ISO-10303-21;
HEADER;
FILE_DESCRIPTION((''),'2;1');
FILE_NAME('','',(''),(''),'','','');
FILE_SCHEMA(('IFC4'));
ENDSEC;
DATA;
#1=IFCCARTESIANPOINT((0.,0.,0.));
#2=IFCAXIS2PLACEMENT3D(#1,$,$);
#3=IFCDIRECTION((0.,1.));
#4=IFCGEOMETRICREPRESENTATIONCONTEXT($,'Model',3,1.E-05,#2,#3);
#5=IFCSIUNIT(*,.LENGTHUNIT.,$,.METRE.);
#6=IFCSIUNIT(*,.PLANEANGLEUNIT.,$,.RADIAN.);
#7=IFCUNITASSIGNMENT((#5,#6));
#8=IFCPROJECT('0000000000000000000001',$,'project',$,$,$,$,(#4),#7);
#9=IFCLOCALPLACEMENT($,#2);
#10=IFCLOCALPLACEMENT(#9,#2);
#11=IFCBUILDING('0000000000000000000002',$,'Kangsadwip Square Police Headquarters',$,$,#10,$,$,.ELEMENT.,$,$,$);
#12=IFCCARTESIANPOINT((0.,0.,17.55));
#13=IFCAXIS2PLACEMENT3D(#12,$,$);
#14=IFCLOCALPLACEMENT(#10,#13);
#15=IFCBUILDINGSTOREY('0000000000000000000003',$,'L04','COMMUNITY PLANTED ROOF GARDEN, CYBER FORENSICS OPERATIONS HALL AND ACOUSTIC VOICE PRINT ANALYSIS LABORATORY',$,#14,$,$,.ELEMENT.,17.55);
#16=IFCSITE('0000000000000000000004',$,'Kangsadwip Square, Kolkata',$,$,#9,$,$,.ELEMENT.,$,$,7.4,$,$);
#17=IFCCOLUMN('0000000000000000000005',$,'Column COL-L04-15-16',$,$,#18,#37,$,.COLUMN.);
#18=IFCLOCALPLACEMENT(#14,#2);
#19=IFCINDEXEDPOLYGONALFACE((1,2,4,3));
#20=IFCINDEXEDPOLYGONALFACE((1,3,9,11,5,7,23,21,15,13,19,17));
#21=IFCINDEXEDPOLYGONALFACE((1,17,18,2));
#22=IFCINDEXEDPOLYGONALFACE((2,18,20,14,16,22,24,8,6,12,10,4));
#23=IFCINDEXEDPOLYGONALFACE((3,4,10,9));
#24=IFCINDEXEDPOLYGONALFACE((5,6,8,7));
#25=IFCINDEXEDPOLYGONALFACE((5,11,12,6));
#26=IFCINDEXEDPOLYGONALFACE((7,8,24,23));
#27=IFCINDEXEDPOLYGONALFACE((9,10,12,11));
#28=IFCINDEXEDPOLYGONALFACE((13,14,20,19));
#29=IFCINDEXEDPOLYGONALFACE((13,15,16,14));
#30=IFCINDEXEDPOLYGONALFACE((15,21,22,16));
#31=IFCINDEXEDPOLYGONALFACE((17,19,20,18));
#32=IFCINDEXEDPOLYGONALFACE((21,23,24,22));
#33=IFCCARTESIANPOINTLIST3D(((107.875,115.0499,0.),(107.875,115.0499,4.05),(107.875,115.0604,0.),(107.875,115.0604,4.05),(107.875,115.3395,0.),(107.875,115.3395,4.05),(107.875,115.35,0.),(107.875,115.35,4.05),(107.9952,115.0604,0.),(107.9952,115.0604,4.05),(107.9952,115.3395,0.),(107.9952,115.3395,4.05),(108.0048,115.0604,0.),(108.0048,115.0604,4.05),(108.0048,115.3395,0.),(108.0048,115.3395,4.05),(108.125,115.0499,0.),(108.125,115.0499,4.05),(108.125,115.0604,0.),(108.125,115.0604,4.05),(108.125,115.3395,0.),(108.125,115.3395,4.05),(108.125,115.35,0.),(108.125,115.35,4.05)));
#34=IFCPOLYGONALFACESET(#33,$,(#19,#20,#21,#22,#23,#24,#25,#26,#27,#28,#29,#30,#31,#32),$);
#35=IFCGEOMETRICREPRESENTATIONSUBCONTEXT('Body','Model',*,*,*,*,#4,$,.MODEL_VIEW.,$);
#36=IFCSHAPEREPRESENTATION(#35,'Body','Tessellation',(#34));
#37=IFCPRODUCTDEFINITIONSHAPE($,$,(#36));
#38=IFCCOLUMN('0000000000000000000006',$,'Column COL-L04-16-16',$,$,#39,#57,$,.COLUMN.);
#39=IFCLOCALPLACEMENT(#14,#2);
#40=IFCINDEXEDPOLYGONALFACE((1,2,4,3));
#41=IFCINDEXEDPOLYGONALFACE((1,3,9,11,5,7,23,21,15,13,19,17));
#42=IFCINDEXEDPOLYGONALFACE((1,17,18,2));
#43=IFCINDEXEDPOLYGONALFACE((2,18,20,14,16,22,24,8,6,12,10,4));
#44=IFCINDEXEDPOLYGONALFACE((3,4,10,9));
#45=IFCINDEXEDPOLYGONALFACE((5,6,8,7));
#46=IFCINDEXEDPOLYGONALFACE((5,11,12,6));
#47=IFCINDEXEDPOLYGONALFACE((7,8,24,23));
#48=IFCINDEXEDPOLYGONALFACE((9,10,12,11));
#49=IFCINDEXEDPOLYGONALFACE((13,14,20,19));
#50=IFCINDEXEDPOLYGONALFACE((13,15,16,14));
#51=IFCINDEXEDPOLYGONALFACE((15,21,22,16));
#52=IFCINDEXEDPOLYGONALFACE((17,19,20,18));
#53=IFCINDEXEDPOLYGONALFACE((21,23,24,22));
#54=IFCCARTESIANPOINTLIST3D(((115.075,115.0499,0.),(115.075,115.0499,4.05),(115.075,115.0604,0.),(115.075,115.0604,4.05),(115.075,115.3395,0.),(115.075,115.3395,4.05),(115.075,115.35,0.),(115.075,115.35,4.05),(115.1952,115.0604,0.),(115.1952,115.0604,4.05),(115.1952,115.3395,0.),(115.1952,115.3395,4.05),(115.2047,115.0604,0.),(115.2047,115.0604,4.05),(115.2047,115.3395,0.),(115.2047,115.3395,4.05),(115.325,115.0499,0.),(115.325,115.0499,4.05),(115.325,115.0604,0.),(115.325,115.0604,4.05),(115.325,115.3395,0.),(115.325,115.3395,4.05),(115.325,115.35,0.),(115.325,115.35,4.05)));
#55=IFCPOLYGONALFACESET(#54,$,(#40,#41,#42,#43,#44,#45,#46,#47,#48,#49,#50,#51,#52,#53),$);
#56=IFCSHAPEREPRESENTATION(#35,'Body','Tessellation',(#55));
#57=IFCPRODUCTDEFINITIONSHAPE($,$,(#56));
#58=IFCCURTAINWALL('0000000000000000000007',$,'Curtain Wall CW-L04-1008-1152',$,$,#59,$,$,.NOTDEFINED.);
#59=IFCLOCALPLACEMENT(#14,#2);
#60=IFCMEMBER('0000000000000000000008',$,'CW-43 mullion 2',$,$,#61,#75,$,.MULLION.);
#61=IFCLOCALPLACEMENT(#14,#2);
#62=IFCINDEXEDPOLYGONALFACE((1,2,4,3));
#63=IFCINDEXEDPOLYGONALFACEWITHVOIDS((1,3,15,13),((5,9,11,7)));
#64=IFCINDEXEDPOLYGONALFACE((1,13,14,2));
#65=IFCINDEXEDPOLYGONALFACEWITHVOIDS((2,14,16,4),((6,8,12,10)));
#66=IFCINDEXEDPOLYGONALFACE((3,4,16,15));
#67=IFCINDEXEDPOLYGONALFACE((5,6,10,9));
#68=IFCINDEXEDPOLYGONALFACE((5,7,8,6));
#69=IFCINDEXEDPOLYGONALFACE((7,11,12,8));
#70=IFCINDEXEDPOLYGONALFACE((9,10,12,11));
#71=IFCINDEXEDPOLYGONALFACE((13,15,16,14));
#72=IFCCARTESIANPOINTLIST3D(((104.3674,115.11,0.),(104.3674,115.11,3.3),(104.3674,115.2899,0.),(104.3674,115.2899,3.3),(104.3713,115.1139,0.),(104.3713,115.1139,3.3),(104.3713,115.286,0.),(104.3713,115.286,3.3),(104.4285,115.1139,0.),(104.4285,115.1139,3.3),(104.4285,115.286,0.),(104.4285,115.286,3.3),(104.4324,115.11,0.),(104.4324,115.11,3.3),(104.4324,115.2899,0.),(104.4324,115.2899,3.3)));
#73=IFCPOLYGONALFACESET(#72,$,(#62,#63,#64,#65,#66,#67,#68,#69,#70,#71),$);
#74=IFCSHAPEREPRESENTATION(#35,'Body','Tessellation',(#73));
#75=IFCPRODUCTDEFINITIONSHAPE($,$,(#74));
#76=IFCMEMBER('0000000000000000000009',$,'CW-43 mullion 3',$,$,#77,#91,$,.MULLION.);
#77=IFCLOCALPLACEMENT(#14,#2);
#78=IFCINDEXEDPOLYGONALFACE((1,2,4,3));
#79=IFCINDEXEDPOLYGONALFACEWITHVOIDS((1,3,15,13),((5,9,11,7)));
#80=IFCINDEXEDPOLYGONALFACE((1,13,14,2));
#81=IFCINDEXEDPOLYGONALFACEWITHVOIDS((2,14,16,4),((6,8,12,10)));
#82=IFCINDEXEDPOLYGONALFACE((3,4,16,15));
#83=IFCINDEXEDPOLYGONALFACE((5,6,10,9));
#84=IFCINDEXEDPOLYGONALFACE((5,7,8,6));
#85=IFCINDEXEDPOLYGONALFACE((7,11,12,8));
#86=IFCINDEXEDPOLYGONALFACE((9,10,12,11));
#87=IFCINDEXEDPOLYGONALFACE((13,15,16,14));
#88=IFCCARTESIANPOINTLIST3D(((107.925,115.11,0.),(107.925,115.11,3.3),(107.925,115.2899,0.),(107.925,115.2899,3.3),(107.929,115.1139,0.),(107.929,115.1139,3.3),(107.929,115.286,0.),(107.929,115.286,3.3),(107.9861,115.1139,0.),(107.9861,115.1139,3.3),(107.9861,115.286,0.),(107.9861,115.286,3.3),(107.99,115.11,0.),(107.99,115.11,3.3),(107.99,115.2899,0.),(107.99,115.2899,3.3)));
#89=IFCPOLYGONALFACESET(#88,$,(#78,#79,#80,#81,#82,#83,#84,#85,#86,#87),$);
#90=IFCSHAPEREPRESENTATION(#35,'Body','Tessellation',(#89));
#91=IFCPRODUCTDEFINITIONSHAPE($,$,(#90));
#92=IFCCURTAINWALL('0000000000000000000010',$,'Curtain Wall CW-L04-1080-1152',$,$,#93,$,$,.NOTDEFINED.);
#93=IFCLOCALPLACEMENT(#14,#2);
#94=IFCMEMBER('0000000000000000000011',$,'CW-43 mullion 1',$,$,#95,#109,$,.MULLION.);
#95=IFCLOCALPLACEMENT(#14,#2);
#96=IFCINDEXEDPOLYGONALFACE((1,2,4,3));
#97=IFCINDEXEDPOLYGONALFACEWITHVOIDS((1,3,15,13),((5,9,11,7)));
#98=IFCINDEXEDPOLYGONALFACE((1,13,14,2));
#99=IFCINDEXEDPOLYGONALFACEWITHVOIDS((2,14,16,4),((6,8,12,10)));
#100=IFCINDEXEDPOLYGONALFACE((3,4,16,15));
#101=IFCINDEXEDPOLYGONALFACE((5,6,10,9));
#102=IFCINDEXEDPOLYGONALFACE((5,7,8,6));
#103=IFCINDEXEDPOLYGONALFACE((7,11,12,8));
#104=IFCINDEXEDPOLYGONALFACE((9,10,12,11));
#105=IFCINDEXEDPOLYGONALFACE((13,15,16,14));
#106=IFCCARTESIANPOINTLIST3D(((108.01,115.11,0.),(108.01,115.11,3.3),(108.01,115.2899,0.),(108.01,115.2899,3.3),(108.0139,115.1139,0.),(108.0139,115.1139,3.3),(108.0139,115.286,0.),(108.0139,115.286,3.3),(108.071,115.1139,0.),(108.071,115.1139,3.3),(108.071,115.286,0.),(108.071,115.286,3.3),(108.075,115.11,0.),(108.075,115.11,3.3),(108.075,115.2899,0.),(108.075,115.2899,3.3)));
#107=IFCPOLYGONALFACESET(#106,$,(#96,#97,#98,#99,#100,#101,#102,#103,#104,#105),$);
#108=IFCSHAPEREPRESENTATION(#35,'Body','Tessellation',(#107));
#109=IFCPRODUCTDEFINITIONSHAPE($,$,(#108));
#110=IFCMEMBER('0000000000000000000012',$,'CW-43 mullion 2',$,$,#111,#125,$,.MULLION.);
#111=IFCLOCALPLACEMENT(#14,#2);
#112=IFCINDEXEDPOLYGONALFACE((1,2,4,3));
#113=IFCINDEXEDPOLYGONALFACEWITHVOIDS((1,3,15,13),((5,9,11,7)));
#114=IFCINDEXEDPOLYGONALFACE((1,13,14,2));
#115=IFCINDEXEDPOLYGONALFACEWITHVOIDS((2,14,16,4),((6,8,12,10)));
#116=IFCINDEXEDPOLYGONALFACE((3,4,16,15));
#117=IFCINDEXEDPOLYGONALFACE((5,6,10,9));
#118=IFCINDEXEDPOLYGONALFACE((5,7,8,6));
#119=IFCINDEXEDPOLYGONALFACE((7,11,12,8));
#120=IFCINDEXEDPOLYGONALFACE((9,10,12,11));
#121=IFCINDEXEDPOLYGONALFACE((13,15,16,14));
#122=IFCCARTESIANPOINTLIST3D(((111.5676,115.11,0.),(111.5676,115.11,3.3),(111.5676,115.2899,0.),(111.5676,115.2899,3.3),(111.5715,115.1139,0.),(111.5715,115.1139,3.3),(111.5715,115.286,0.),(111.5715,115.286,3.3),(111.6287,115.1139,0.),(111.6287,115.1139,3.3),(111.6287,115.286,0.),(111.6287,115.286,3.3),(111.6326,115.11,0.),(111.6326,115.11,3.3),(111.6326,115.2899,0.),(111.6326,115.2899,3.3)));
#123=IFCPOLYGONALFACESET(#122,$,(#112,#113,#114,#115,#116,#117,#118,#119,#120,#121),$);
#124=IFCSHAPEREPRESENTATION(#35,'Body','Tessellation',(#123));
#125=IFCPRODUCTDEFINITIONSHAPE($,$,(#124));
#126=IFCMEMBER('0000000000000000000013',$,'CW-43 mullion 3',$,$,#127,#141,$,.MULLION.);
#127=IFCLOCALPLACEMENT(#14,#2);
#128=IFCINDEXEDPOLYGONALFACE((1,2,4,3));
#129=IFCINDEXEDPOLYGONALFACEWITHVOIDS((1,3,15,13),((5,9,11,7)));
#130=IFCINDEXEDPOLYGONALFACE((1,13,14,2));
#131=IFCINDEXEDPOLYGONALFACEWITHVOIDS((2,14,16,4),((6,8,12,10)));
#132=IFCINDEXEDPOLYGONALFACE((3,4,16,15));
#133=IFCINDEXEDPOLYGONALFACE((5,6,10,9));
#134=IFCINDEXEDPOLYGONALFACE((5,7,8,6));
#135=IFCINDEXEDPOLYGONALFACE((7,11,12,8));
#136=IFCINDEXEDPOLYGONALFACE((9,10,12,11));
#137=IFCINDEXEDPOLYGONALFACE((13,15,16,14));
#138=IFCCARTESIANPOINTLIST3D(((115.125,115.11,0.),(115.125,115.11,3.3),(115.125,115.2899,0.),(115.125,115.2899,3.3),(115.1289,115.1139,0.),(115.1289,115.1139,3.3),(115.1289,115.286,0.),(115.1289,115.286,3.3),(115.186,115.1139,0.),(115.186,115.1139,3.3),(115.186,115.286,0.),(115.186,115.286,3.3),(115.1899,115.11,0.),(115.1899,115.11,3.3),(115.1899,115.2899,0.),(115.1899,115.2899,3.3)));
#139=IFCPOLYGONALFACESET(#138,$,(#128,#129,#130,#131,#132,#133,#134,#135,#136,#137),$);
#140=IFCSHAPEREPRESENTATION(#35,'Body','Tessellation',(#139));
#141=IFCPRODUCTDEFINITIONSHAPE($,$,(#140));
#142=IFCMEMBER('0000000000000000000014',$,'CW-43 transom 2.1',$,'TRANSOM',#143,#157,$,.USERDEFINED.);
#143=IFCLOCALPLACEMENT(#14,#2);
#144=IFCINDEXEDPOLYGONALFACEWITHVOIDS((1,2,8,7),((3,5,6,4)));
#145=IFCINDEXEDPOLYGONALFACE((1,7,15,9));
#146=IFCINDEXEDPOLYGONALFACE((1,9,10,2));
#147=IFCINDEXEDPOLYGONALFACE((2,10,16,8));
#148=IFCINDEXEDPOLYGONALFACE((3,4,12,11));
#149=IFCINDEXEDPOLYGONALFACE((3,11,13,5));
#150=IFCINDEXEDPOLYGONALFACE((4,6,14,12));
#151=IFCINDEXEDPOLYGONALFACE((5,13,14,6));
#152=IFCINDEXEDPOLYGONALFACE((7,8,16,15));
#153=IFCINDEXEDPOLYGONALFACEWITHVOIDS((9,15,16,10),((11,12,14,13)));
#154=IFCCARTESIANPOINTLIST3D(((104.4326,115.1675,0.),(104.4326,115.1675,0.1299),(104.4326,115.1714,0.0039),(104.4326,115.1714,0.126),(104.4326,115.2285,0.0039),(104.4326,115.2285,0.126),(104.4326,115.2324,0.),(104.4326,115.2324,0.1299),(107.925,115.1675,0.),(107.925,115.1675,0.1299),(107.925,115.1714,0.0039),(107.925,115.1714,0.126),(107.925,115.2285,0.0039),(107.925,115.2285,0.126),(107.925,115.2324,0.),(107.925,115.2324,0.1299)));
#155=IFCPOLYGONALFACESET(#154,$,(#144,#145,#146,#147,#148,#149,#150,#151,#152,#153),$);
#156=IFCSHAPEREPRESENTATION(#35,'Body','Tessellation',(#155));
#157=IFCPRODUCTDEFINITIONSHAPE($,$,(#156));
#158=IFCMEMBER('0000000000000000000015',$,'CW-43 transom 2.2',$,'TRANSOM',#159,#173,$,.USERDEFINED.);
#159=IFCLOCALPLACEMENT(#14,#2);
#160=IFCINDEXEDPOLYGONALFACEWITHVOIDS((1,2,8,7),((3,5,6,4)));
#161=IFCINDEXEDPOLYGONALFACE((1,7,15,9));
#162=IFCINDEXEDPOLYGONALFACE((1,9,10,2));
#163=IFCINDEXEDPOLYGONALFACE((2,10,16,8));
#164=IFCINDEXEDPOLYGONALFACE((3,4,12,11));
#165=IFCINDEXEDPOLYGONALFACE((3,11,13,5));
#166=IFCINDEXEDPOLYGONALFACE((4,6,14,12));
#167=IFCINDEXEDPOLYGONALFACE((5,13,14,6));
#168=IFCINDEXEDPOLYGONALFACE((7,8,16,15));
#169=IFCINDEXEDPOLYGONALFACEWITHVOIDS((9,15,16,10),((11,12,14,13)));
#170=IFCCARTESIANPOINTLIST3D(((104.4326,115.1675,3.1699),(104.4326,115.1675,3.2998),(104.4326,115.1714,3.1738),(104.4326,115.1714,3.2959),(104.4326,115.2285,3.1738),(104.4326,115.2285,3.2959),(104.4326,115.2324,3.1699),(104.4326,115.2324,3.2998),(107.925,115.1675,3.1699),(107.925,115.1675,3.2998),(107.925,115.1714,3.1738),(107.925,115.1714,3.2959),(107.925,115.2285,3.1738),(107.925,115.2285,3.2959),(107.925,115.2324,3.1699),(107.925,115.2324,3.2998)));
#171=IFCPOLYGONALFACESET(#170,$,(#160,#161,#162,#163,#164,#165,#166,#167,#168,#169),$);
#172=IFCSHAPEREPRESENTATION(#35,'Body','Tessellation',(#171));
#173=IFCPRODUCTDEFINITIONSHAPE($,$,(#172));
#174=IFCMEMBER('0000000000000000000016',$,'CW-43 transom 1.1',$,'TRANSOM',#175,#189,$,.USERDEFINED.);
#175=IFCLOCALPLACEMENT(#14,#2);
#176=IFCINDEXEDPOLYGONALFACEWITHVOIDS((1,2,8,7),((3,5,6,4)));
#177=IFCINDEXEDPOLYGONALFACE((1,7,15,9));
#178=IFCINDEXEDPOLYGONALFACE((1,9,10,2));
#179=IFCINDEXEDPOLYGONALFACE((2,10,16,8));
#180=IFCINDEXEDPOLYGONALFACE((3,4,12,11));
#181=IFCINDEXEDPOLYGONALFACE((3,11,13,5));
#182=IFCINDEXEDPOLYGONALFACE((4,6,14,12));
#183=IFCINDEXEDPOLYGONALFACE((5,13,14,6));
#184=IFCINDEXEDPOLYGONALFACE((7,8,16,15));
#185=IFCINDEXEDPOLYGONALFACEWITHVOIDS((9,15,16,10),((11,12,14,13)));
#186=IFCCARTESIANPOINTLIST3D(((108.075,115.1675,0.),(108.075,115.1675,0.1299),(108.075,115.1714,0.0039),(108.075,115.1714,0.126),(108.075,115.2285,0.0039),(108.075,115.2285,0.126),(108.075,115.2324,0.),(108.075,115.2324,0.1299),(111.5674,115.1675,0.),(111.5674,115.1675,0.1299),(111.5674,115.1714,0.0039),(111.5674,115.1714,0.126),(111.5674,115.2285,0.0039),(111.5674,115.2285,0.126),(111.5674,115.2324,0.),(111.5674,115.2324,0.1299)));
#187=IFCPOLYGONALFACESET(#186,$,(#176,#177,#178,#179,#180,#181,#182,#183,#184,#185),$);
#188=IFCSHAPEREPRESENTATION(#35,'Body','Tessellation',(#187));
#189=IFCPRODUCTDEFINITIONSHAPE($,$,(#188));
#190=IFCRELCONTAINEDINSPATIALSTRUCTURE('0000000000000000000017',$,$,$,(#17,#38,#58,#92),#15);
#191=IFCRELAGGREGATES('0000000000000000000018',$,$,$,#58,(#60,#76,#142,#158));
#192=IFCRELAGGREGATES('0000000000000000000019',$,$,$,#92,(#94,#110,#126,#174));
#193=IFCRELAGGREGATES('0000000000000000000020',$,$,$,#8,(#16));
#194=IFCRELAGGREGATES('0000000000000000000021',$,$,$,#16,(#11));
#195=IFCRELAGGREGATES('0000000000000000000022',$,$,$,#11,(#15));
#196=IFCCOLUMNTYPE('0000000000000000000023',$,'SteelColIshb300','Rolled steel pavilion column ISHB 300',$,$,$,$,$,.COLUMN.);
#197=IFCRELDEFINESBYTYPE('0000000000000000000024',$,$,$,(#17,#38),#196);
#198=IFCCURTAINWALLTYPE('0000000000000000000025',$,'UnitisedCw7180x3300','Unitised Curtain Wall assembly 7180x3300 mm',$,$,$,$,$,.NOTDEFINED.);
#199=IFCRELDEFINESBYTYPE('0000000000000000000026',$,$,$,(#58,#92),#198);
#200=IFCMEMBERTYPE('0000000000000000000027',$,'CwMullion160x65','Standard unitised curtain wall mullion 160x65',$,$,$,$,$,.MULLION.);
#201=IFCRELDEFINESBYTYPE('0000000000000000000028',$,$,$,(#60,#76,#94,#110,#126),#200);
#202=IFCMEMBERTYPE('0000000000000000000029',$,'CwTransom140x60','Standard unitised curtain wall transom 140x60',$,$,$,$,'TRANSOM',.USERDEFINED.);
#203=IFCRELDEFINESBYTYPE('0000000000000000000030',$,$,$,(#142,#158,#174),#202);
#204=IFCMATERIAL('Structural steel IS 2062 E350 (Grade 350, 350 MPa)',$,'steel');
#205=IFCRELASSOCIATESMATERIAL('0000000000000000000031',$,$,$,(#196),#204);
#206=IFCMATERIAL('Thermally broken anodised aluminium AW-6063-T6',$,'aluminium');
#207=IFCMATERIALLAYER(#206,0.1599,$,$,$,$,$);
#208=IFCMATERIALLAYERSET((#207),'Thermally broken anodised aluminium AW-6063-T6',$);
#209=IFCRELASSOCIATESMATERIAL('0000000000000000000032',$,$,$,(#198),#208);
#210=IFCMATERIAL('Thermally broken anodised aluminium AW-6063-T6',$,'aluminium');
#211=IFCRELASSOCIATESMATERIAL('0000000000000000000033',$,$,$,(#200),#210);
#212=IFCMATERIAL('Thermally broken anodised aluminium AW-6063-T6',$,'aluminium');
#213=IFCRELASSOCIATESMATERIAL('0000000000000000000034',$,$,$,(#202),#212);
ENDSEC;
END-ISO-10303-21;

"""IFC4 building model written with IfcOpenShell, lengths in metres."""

from ifc_helpers import new_model, si_unit, direction, frame, origin, origin_2d, place, context, subcontext, project, spatial, hollow_rectangle, i_section, extrude, material, layer, layer_set, material_profile, profile_set, type_object, element, aggregate, save


model = new_model("IFC4")

# Units and contexts
model_context = context("Model", 3, precision=1e-05, world=origin(), true_north=direction((0.0, 1.0)))
body_context = subcontext(model_context, "Body", "Model", "MODEL_VIEW")
ifc_project = project(units=[si_unit("LENGTHUNIT", "METRE"), si_unit("PLANEANGLEUNIT", "RADIAN")], contexts=[model_context])

# Site, building, storey
site_placement = place(None, origin())
site = spatial("IfcSite", under=ifc_project, at=site_placement, Name="Kangsadwip Square, Kolkata", CompositionType="ELEMENT", RefElevation=7.4)
building_placement = place(site_placement, origin())
building = spatial("IfcBuilding", under=site, at=building_placement, Name="Kangsadwip Square Police Headquarters", CompositionType="ELEMENT")
storey_placement = place(building_placement, frame((0.0, 0.0, 17.55)))
storey = spatial("IfcBuildingStorey", under=building, at=storey_placement, Name="L04", Description="COMMUNITY PLANTED ROOF GARDEN, CYBER FORENSICS OPERATIONS HALL AND ACOUSTIC VOICE PRINT ANALYSIS LABORATORY", CompositionType="ELEMENT", Elevation=17.55)

# Columns
ifc_material_1 = material(Name="Structural steel IS 2062 E350 (Grade 350, 350 MPa)", Category="steel")
ifc_material_profile_1 = material_profile(ifc_material_1, i_section(OverallWidth=0.25, OverallDepth=0.3, WebThickness=0.0095, FlangeThickness=0.0105, at=origin_2d()), Name="ISHB 300")
ifc_profile_set_1 = profile_set([ifc_material_profile_1], Name="Structural steel IS 2062 E350 (Grade 350, 350 MPa)")
column_type = type_object("IfcColumnType", Name="SteelColIshb300", Description="Rolled steel pavilion column ISHB 300", PredefinedType="COLUMN", material=ifc_profile_set_1)
for number, where, z_axis, x_axis, name in (
    (1, (108.0, 115.2, 0.0), (0.0, 0.0, 1.0), (1.0, 0.0, 0.0), "Column COL-L04-15-16"),
    (2, (115.2, 115.2, 0.0), (0.0, 0.0, 1.0), (1.0, 0.0, 0.0), "Column COL-L04-16-16"),
):
    element("IfcColumn", number, at=place(storey_placement, frame(where, z_axis=z_axis, x_axis=x_axis)), inside=storey, type_object=column_type, Name=name, PredefinedType="COLUMN", context=body_context, shape_type="SweptSolid", body=[
        extrude(i_section(OverallWidth=0.25, OverallDepth=0.3, WebThickness=0.0095, FlangeThickness=0.0105, at=origin_2d()), origin(), (0.0, 0.0, 1.0), 4.05),
    ])

# Curtain walls, members
ifc_material_2 = material(Name="Thermally broken anodised aluminium AW-6063-T6", Category="aluminium")
ifc_layer_1 = layer(ifc_material_2, 0.1599)
ifc_layer_set_1 = layer_set([ifc_layer_1], Name="Thermally broken anodised aluminium AW-6063-T6")
curtain_wall_type = type_object("IfcCurtainWallType", Name="UnitisedCw7180x3300", Description="Unitised Curtain Wall assembly 7180x3300 mm", PredefinedType="NOTDEFINED", material=ifc_layer_set_1)
curtain_wall_1_placement = place(storey_placement, origin())
curtain_wall_1 = element("IfcCurtainWall", 3, at=curtain_wall_1_placement, inside=storey, type_object=curtain_wall_type, Name="Curtain Wall CW-L04-1008-1152", PredefinedType="NOTDEFINED")
ifc_material_3 = material(Name="Thermally broken anodised aluminium AW-6063-T6", Category="aluminium")
ifc_material_profile_2 = material_profile(ifc_material_3, hollow_rectangle(XDim=0.0649, YDim=0.1799, WallThickness=0.0039, at=origin_2d()), Name="CWM 180X65X4")
ifc_profile_set_2 = profile_set([ifc_material_profile_2], Name="Thermally broken anodised aluminium AW-6063-T6")
member_type_1 = type_object("IfcMemberType", Name="CwMullion160x65", Description="Standard unitised curtain wall mullion 160x65", PredefinedType="MULLION", material=ifc_profile_set_2)
member_1_placement = place(storey_placement, frame((104.3999, 115.2, 0.0), z_axis=(0.0, 0.0, 1.0), x_axis=(1.0, 0.0, 0.0)))
member_1 = element("IfcMember", 4, at=member_1_placement, type_object=member_type_1, Name="CW-43 mullion 2", PredefinedType="MULLION", context=body_context, shape_type="SweptSolid", body=[
    extrude(hollow_rectangle(XDim=0.0649, YDim=0.1799, WallThickness=0.0039, at=origin_2d()), origin(), (0.0, 0.0, 1.0), 3.3),
])
member_2_placement = place(storey_placement, frame((107.9575, 115.2, 0.0), z_axis=(0.0, 0.0, 1.0), x_axis=(1.0, 0.0, 0.0)))
member_2 = element("IfcMember", 5, at=member_2_placement, type_object=member_type_1, Name="CW-43 mullion 3", PredefinedType="MULLION", context=body_context, shape_type="SweptSolid", body=[
    extrude(hollow_rectangle(XDim=0.0649, YDim=0.1799, WallThickness=0.0039, at=origin_2d()), origin(), (0.0, 0.0, 1.0), 3.3),
])
curtain_wall_2_placement = place(storey_placement, origin())
curtain_wall_2 = element("IfcCurtainWall", 6, at=curtain_wall_2_placement, inside=storey, type_object=curtain_wall_type, Name="Curtain Wall CW-L04-1080-1152", PredefinedType="NOTDEFINED")
member_3_placement = place(storey_placement, frame((108.0425, 115.2, 0.0), z_axis=(0.0, 0.0, 1.0), x_axis=(1.0, 0.0, 0.0)))
member_3 = element("IfcMember", 7, at=member_3_placement, type_object=member_type_1, Name="CW-43 mullion 1", PredefinedType="MULLION", context=body_context, shape_type="SweptSolid", body=[
    extrude(hollow_rectangle(XDim=0.0649, YDim=0.1799, WallThickness=0.0039, at=origin_2d()), origin(), (0.0, 0.0, 1.0), 3.3),
])
member_4_placement = place(storey_placement, frame((111.6001, 115.2, 0.0), z_axis=(0.0, 0.0, 1.0), x_axis=(1.0, 0.0, 0.0)))
member_4 = element("IfcMember", 8, at=member_4_placement, type_object=member_type_1, Name="CW-43 mullion 2", PredefinedType="MULLION", context=body_context, shape_type="SweptSolid", body=[
    extrude(hollow_rectangle(XDim=0.0649, YDim=0.1799, WallThickness=0.0039, at=origin_2d()), origin(), (0.0, 0.0, 1.0), 3.3),
])
member_5_placement = place(storey_placement, frame((115.1575, 115.2, 0.0), z_axis=(0.0, 0.0, 1.0), x_axis=(1.0, 0.0, 0.0)))
member_5 = element("IfcMember", 9, at=member_5_placement, type_object=member_type_1, Name="CW-43 mullion 3", PredefinedType="MULLION", context=body_context, shape_type="SweptSolid", body=[
    extrude(hollow_rectangle(XDim=0.0649, YDim=0.1799, WallThickness=0.0039, at=origin_2d()), origin(), (0.0, 0.0, 1.0), 3.3),
])

# Members
ifc_material_4 = material(Name="Thermally broken anodised aluminium AW-6063-T6", Category="aluminium")
ifc_material_profile_3 = material_profile(ifc_material_4, hollow_rectangle(XDim=0.0649, YDim=0.1299, WallThickness=0.0039, at=origin_2d()), Name="CWT 130X65X4")
ifc_profile_set_3 = profile_set([ifc_material_profile_3], Name="Thermally broken anodised aluminium AW-6063-T6")
member_type_2 = type_object("IfcMemberType", Name="CwTransom140x60", Description="Standard unitised curtain wall transom 140x60", ElementType="TRANSOM", PredefinedType="USERDEFINED", material=ifc_profile_set_3)
member_6_placement = place(storey_placement, frame((104.4326, 115.2, 0.0649), z_axis=(1.0, 0.0, 0.0), x_axis=(0.0, 1.0, 0.0)))
member_6 = element("IfcMember", 10, at=member_6_placement, type_object=member_type_2, Name="CW-43 transom 2.1", ObjectType="TRANSOM", PredefinedType="USERDEFINED", context=body_context, shape_type="SweptSolid", body=[
    extrude(hollow_rectangle(XDim=0.0649, YDim=0.1299, WallThickness=0.0039, at=origin_2d()), origin(), (0.0, 0.0, 1.0), 3.4924),
])
member_7_placement = place(storey_placement, frame((104.4326, 115.2, 3.2349), z_axis=(1.0, 0.0, 0.0), x_axis=(0.0, 1.0, 0.0)))
member_7 = element("IfcMember", 11, at=member_7_placement, type_object=member_type_2, Name="CW-43 transom 2.2", ObjectType="TRANSOM", PredefinedType="USERDEFINED", context=body_context, shape_type="SweptSolid", body=[
    extrude(hollow_rectangle(XDim=0.0649, YDim=0.1299, WallThickness=0.0039, at=origin_2d()), origin(), (0.0, 0.0, 1.0), 3.4924),
])
member_8_placement = place(storey_placement, frame((108.075, 115.2, 0.0649), z_axis=(1.0, 0.0, 0.0), x_axis=(0.0, 1.0, 0.0)))
member_8 = element("IfcMember", 12, at=member_8_placement, type_object=member_type_2, Name="CW-43 transom 1.1", ObjectType="TRANSOM", PredefinedType="USERDEFINED", context=body_context, shape_type="SweptSolid", body=[
    extrude(hollow_rectangle(XDim=0.0649, YDim=0.1299, WallThickness=0.0039, at=origin_2d()), origin(), (0.0, 0.0, 1.0), 3.4924),
])

aggregate(curtain_wall_1, [member_1, member_2, member_6, member_7])
aggregate(curtain_wall_2, [member_3, member_4, member_5, member_8])

save(model, "model.ifc")
